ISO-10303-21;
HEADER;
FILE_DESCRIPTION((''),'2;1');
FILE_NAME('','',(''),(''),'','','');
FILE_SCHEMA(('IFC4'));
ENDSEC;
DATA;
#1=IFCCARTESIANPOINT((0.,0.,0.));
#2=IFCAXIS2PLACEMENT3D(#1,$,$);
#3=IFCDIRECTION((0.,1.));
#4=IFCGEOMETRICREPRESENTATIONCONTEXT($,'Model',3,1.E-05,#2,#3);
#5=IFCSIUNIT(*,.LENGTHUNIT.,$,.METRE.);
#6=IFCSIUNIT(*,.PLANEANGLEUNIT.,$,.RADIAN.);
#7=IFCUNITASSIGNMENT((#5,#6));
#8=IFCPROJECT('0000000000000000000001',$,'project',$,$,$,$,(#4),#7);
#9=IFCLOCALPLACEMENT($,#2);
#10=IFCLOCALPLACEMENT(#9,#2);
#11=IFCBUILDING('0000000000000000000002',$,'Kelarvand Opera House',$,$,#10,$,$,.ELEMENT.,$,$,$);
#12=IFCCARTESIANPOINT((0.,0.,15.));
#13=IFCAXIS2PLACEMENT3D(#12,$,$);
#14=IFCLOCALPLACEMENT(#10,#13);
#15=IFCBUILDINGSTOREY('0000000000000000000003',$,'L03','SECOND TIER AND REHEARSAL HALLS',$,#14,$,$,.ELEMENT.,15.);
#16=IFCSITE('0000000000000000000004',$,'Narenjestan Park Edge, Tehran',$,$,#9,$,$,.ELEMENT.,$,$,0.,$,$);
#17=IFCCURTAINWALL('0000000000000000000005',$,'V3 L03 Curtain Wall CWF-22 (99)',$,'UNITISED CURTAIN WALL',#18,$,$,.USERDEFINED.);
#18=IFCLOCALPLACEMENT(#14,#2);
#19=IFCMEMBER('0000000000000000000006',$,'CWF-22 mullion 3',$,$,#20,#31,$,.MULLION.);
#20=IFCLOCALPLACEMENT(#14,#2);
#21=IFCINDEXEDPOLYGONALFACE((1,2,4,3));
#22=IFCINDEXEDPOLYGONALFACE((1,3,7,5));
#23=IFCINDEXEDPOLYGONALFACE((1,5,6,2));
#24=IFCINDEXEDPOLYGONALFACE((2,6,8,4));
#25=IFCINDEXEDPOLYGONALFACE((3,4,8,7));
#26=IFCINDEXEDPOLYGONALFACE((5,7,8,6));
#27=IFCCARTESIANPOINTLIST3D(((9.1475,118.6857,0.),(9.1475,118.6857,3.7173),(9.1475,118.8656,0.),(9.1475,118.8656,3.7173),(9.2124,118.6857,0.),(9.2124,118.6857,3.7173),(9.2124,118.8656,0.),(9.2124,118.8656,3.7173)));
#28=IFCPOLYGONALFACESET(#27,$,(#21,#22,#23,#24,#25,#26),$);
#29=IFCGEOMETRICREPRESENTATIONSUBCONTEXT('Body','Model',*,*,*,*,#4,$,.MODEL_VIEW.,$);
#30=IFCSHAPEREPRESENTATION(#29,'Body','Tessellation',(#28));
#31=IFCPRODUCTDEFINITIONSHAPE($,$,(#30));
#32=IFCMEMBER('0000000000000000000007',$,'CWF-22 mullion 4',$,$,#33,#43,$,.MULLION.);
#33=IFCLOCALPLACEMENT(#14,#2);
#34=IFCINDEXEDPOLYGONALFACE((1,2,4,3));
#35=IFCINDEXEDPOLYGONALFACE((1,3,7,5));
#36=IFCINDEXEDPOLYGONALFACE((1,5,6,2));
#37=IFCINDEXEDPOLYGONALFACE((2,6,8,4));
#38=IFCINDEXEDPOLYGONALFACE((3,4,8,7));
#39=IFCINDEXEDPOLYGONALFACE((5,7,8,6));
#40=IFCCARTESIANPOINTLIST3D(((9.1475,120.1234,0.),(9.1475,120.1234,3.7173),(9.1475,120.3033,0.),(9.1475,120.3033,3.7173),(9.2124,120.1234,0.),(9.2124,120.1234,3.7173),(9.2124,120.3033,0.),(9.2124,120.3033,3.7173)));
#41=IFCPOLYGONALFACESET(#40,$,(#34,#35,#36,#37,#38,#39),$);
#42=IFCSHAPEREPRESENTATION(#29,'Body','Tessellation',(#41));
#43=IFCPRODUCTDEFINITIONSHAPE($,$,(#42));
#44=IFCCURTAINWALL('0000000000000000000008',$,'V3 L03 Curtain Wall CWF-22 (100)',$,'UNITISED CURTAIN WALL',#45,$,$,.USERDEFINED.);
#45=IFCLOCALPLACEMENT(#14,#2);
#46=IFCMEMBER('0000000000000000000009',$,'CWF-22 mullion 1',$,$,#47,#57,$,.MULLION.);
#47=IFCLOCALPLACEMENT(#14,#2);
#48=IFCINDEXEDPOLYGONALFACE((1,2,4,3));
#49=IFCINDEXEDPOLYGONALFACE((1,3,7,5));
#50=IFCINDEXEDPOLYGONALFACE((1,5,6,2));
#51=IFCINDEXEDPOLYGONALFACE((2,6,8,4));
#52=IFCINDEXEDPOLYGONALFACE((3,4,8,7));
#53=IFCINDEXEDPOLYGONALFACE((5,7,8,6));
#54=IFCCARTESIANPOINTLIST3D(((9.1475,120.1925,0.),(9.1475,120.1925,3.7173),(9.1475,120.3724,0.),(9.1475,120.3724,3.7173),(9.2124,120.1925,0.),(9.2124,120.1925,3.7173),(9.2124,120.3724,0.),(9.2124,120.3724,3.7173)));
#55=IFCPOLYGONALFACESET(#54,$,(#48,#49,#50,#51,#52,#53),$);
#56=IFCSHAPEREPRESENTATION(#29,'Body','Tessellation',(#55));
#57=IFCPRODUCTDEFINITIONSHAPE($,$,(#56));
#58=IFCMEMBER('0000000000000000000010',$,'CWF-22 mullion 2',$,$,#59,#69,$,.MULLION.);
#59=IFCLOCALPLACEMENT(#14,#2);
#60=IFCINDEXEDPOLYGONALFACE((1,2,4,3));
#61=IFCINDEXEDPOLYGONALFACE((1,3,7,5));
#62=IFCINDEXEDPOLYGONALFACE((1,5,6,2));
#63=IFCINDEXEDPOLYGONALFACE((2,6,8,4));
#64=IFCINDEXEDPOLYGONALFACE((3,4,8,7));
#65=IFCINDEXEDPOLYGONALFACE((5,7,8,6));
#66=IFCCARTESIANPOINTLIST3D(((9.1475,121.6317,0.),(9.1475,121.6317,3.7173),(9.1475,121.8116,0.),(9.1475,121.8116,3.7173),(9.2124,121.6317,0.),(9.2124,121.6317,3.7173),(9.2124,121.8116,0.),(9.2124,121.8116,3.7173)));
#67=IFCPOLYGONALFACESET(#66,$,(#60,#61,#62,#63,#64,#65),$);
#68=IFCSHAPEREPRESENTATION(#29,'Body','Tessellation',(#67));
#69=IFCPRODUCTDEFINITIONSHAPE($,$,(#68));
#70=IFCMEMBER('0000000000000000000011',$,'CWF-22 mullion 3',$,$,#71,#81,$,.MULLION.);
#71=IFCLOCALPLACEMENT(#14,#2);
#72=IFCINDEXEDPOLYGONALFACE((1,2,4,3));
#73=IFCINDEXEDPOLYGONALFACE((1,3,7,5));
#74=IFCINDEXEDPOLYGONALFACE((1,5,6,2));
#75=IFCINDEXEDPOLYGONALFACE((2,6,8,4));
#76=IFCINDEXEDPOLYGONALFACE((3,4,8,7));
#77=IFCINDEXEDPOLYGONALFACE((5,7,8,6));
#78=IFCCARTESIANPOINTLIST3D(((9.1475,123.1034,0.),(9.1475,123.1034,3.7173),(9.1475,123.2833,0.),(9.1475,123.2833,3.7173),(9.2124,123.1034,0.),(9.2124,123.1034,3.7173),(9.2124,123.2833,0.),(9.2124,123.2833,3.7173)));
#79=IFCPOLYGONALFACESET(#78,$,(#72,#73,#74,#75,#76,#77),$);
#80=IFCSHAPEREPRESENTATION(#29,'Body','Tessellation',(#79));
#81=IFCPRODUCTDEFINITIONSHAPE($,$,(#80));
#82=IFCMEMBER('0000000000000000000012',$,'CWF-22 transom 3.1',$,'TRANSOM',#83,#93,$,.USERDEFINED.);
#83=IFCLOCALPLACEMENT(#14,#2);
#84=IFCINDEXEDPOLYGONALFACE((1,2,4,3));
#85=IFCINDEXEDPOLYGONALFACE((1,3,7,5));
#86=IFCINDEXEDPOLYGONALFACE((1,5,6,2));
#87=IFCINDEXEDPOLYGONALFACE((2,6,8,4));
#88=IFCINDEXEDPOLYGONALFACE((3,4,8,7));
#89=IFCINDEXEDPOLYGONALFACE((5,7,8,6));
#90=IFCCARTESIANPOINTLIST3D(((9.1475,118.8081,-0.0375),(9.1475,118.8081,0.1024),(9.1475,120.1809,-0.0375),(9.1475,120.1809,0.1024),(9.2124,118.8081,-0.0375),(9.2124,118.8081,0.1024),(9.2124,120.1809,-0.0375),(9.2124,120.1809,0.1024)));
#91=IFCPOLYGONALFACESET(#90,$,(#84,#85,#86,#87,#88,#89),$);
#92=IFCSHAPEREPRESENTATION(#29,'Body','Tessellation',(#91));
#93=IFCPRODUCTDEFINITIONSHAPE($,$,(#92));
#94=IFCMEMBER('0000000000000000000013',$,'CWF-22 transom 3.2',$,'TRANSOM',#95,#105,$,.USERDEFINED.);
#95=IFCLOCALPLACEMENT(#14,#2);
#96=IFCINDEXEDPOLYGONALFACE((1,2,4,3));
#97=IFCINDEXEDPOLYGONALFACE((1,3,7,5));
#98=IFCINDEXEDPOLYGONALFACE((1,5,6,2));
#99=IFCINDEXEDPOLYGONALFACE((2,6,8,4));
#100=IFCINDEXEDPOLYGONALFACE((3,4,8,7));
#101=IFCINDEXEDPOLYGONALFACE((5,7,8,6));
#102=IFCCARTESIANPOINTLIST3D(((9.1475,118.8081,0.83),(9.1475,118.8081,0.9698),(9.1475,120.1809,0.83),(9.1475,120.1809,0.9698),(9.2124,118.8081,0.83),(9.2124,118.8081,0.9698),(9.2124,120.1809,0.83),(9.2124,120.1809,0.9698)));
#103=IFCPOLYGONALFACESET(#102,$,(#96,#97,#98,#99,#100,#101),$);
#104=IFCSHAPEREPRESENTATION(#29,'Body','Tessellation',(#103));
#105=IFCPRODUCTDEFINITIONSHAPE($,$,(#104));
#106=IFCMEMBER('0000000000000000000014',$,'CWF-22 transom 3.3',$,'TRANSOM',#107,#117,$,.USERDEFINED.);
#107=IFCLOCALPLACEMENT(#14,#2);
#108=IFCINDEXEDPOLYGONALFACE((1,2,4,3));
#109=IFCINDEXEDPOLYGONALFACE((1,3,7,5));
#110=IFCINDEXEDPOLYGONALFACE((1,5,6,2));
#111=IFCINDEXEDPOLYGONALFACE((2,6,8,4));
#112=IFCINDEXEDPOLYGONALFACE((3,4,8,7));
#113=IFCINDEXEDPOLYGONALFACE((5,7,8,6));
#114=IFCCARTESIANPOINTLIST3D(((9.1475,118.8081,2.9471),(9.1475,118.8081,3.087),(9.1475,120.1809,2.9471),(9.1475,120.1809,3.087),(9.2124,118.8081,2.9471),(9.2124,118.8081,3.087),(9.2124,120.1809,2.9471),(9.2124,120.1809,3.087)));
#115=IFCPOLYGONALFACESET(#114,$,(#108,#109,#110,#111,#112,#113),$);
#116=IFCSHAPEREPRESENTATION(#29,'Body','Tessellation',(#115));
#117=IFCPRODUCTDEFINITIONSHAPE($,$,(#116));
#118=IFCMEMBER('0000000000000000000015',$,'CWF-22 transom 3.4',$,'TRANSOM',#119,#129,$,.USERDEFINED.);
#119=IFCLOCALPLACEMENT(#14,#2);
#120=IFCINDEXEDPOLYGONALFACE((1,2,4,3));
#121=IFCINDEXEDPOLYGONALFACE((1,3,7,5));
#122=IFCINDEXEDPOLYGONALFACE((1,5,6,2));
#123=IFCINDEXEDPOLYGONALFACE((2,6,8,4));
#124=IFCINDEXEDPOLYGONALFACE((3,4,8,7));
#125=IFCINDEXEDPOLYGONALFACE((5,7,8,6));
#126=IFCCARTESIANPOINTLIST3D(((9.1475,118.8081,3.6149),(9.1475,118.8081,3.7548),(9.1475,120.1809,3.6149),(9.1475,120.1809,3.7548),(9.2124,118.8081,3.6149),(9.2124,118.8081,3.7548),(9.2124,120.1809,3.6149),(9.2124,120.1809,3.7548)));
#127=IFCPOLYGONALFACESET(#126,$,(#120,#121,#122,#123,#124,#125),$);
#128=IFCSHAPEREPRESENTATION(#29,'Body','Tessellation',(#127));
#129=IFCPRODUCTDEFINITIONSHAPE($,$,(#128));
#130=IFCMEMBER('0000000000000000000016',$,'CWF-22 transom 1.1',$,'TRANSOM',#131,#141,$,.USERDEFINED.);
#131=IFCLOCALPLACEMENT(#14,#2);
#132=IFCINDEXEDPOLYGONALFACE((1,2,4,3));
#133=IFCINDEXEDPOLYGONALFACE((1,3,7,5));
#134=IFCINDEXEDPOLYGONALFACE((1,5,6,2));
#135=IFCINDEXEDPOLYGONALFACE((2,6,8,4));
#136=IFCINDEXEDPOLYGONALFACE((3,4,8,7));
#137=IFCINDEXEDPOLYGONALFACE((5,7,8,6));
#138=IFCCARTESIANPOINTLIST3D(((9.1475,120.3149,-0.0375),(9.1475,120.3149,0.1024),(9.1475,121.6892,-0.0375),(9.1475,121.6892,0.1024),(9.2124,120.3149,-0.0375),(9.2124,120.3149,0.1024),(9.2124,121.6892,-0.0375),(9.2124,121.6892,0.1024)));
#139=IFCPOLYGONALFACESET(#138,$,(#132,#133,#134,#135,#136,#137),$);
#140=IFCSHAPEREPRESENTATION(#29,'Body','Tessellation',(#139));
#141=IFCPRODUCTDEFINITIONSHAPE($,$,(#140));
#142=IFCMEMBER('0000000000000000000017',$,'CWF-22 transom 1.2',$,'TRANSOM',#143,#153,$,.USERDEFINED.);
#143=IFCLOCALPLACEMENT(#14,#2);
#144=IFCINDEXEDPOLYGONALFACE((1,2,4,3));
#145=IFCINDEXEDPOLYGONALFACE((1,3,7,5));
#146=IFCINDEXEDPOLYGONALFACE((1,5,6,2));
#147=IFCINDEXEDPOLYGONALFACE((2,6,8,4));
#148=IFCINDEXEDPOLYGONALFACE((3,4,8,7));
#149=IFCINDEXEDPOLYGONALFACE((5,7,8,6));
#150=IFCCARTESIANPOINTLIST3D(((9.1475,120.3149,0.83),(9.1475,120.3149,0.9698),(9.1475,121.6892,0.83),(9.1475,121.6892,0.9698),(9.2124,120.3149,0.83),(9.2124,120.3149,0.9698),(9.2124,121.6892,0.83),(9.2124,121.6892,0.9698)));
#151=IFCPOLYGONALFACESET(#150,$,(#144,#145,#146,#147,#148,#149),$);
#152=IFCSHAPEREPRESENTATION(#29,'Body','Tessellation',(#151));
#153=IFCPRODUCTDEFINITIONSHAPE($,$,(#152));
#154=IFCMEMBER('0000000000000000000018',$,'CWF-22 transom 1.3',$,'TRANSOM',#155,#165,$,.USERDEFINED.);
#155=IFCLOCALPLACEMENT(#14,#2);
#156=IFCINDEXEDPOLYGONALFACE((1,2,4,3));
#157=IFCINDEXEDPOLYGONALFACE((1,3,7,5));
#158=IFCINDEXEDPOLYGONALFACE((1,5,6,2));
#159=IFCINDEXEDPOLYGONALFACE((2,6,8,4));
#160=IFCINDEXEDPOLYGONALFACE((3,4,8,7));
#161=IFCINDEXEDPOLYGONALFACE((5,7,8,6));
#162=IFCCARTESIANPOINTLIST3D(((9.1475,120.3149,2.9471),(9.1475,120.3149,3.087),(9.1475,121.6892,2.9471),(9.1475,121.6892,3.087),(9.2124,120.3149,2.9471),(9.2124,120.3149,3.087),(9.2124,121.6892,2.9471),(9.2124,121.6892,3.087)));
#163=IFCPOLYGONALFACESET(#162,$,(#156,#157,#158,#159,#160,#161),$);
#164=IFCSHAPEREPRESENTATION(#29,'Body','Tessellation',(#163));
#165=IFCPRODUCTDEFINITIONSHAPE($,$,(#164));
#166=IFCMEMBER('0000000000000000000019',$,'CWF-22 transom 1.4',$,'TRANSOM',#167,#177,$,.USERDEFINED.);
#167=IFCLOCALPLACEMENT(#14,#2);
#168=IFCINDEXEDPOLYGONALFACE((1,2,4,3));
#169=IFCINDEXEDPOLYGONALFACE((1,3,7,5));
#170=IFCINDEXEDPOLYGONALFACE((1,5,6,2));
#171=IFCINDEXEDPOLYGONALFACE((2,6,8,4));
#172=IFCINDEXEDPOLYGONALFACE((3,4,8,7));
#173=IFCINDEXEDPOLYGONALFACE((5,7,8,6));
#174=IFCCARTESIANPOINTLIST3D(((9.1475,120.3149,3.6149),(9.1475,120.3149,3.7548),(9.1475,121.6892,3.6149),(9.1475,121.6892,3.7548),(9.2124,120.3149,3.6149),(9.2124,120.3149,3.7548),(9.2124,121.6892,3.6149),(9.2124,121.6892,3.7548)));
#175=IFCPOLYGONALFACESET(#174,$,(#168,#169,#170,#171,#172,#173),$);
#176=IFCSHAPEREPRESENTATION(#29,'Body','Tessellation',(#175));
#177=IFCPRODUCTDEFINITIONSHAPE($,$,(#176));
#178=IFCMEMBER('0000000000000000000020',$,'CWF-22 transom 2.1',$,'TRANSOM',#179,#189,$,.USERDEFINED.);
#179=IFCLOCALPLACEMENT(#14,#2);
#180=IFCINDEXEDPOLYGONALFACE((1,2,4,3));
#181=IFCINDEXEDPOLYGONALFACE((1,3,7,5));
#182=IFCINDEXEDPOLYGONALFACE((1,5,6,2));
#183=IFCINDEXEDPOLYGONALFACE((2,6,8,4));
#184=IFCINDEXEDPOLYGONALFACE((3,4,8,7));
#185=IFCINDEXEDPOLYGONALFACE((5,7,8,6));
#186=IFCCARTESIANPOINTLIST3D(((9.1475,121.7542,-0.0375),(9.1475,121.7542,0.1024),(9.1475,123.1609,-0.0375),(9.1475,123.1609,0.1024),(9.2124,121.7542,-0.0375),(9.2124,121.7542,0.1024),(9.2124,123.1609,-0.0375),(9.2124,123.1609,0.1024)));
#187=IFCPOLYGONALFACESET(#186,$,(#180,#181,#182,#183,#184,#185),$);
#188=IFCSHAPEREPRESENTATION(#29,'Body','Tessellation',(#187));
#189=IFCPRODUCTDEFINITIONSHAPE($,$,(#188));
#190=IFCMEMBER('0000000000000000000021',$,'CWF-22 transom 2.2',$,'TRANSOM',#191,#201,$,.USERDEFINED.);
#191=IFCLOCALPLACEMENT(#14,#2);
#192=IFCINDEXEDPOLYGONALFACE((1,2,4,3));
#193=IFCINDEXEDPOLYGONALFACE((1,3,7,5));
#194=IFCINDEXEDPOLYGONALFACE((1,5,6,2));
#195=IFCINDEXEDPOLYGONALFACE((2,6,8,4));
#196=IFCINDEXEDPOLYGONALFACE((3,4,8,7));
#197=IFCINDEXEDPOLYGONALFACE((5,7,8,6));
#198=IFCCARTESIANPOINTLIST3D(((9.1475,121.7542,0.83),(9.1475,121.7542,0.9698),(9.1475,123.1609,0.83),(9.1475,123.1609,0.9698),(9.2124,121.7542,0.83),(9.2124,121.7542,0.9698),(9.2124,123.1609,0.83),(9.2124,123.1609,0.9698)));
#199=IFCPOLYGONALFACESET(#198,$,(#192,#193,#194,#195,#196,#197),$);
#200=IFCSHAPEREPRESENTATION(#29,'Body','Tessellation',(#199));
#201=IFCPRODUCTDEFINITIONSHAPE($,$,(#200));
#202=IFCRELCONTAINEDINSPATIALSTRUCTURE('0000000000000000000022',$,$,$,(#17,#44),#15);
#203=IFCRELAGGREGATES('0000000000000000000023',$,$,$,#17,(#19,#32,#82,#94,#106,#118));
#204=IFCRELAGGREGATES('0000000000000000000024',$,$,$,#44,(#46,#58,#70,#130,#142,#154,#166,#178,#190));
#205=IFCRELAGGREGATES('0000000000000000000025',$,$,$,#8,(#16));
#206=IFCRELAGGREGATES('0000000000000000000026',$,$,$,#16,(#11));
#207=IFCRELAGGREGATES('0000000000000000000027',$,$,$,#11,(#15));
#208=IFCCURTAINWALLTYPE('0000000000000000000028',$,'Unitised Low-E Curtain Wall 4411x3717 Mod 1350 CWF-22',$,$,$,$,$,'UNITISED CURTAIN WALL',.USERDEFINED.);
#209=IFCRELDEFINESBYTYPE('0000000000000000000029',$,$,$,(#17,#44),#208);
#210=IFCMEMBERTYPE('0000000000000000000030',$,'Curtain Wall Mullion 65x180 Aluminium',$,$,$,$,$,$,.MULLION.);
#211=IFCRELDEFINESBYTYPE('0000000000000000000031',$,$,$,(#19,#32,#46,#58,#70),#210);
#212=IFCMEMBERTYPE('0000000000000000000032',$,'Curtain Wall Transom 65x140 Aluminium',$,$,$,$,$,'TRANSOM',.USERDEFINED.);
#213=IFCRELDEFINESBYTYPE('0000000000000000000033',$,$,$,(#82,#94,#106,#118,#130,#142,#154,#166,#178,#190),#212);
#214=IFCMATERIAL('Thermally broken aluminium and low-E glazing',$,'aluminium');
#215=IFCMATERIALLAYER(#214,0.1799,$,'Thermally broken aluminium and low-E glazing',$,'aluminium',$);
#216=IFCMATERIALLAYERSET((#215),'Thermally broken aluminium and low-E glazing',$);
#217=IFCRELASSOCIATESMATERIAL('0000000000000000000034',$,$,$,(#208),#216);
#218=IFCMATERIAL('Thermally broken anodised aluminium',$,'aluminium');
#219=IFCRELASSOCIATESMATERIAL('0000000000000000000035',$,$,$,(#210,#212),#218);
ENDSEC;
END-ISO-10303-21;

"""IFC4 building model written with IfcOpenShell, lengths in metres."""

from ifc_helpers import new_model, si_unit, direction, frame, origin, origin_2d, place, context, subcontext, project, spatial, rectangle, extrude, material, layer, layer_set, material_profile, profile_set, type_object, element, aggregate, save


model = new_model("IFC4")

# Units and contexts
model_context = context("Model", 3, precision=1e-05, world=origin(), true_north=direction((0.0, 1.0)))
body_context = subcontext(model_context, "Body", "Model", "MODEL_VIEW")
ifc_project = project(units=[si_unit("LENGTHUNIT", "METRE"), si_unit("PLANEANGLEUNIT", "RADIAN")], contexts=[model_context])

# Site, building, storey
site_placement = place(None, origin())
site = spatial("IfcSite", under=ifc_project, at=site_placement, Name="Narenjestan Park Edge, Tehran", CompositionType="ELEMENT", RefElevation=0.0)
building_placement = place(site_placement, origin())
building = spatial("IfcBuilding", under=site, at=building_placement, Name="Kelarvand Opera House", CompositionType="ELEMENT")
storey_placement = place(building_placement, frame((0.0, 0.0, 15.0)))
storey = spatial("IfcBuildingStorey", under=building, at=storey_placement, Name="L03", Description="SECOND TIER AND REHEARSAL HALLS", CompositionType="ELEMENT", Elevation=15.0)

# Curtain walls, members
ifc_material_1 = material(Name="Thermally broken aluminium and low-E glazing", Category="aluminium")
ifc_layer_1 = layer(ifc_material_1, 0.1799, Name="Thermally broken aluminium and low-E glazing", Category="aluminium")
ifc_layer_set_1 = layer_set([ifc_layer_1], Name="Thermally broken aluminium and low-E glazing")
curtain_wall_type = type_object("IfcCurtainWallType", Name="Unitised Low-E Curtain Wall 4411x3717 Mod 1350 CWF-22", ElementType="UNITISED CURTAIN WALL", PredefinedType="USERDEFINED", material=ifc_layer_set_1)
curtain_wall_1_placement = place(storey_placement, origin())
curtain_wall_1 = element("IfcCurtainWall", 1, at=curtain_wall_1_placement, inside=storey, type_object=curtain_wall_type, Name="V3 L03 Curtain Wall CWF-22 (99)", ObjectType="UNITISED CURTAIN WALL", PredefinedType="USERDEFINED")
ifc_material_2 = material(Name="Thermally broken anodised aluminium", Category="aluminium")
ifc_material_profile_1 = material_profile(ifc_material_2, rectangle(XDim=0.0649, YDim=0.1799, at=origin_2d()), Name="ALU MULLION 65x180", Category="aluminium")
ifc_profile_set_1 = profile_set([ifc_material_profile_1], Name="Thermally broken anodised aluminium")
member_type_1 = type_object("IfcMemberType", Name="Curtain Wall Mullion 65x180 Aluminium", PredefinedType="MULLION", material=ifc_profile_set_1)
member_1_placement = place(storey_placement, frame((9.1799, 118.7756, 0.0), z_axis=(0.0, 0.0, 1.0), x_axis=(-1.0, 0.0, 0.0)))
member_1 = element("IfcMember", 2, at=member_1_placement, type_object=member_type_1, Name="CWF-22 mullion 3", PredefinedType="MULLION", context=body_context, shape_type="SweptSolid", body=[
    extrude(rectangle(XDim=0.0649, YDim=0.1799, at=origin_2d()), origin(), (0.0, 0.0, 1.0), 3.7173),
])
member_2_placement = place(storey_placement, frame((9.1799, 120.2134, 0.0), z_axis=(0.0, 0.0, 1.0), x_axis=(-1.0, 0.0, 0.0)))
member_2 = element("IfcMember", 3, at=member_2_placement, type_object=member_type_1, Name="CWF-22 mullion 4", PredefinedType="MULLION", context=body_context, shape_type="SweptSolid", body=[
    extrude(rectangle(XDim=0.0649, YDim=0.1799, at=origin_2d()), origin(), (0.0, 0.0, 1.0), 3.7173),
])
curtain_wall_2_placement = place(storey_placement, origin())
curtain_wall_2 = element("IfcCurtainWall", 4, at=curtain_wall_2_placement, inside=storey, type_object=curtain_wall_type, Name="V3 L03 Curtain Wall CWF-22 (100)", ObjectType="UNITISED CURTAIN WALL", PredefinedType="USERDEFINED")
member_3_placement = place(storey_placement, frame((9.1799, 120.2825, 0.0), z_axis=(0.0, 0.0, 1.0), x_axis=(-1.0, 0.0, 0.0)))
member_3 = element("IfcMember", 5, at=member_3_placement, type_object=member_type_1, Name="CWF-22 mullion 1", PredefinedType="MULLION", context=body_context, shape_type="SweptSolid", body=[
    extrude(rectangle(XDim=0.0649, YDim=0.1799, at=origin_2d()), origin(), (0.0, 0.0, 1.0), 3.7173),
])
member_4_placement = place(storey_placement, frame((9.1799, 121.7217, 0.0), z_axis=(0.0, 0.0, 1.0), x_axis=(-1.0, 0.0, 0.0)))
member_4 = element("IfcMember", 6, at=member_4_placement, type_object=member_type_1, Name="CWF-22 mullion 2", PredefinedType="MULLION", context=body_context, shape_type="SweptSolid", body=[
    extrude(rectangle(XDim=0.0649, YDim=0.1799, at=origin_2d()), origin(), (0.0, 0.0, 1.0), 3.7173),
])
member_5_placement = place(storey_placement, frame((9.1799, 123.1934, 0.0), z_axis=(0.0, 0.0, 1.0), x_axis=(-1.0, 0.0, 0.0)))
member_5 = element("IfcMember", 7, at=member_5_placement, type_object=member_type_1, Name="CWF-22 mullion 3", PredefinedType="MULLION", context=body_context, shape_type="SweptSolid", body=[
    extrude(rectangle(XDim=0.0649, YDim=0.1799, at=origin_2d()), origin(), (0.0, 0.0, 1.0), 3.7173),
])

# Members
ifc_material_profile_2 = material_profile(ifc_material_2, rectangle(XDim=0.0649, YDim=0.1399, at=origin_2d()), Name="ALU TRANSOM 65x140", Category="aluminium")
ifc_profile_set_2 = profile_set([ifc_material_profile_2], Name="Thermally broken anodised aluminium")
member_type_2 = type_object("IfcMemberType", Name="Curtain Wall Transom 65x140 Aluminium", ElementType="TRANSOM", PredefinedType="USERDEFINED", material=ifc_profile_set_2)
member_6_placement = place(storey_placement, frame((9.1799, 118.8081, 0.0325), z_axis=(0.0, 1.0, 0.0), x_axis=(-1.0, 0.0, 0.0)))
member_6 = element("IfcMember", 8, at=member_6_placement, type_object=member_type_2, Name="CWF-22 transom 3.1", ObjectType="TRANSOM", PredefinedType="USERDEFINED", context=body_context, shape_type="SweptSolid", body=[
    extrude(rectangle(XDim=0.0649, YDim=0.1399, at=origin_2d()), origin(), (0.0, 0.0, 1.0), 1.3728),
])
member_7_placement = place(storey_placement, frame((9.1799, 118.8081, 0.8999), z_axis=(0.0, 1.0, 0.0), x_axis=(-1.0, 0.0, 0.0)))
member_7 = element("IfcMember", 9, at=member_7_placement, type_object=member_type_2, Name="CWF-22 transom 3.2", ObjectType="TRANSOM", PredefinedType="USERDEFINED", context=body_context, shape_type="SweptSolid", body=[
    extrude(rectangle(XDim=0.0649, YDim=0.1399, at=origin_2d()), origin(), (0.0, 0.0, 1.0), 1.3728),
])
member_8_placement = place(storey_placement, frame((9.1799, 118.8081, 3.0171), z_axis=(0.0, 1.0, 0.0), x_axis=(-1.0, 0.0, 0.0)))
member_8 = element("IfcMember", 10, at=member_8_placement, type_object=member_type_2, Name="CWF-22 transom 3.3", ObjectType="TRANSOM", PredefinedType="USERDEFINED", context=body_context, shape_type="SweptSolid", body=[
    extrude(rectangle(XDim=0.0649, YDim=0.1399, at=origin_2d()), origin(), (0.0, 0.0, 1.0), 1.3728),
])
member_9_placement = place(storey_placement, frame((9.1799, 118.8081, 3.6848), z_axis=(0.0, 1.0, 0.0), x_axis=(-1.0, 0.0, 0.0)))
member_9 = element("IfcMember", 11, at=member_9_placement, type_object=member_type_2, Name="CWF-22 transom 3.4", ObjectType="TRANSOM", PredefinedType="USERDEFINED", context=body_context, shape_type="SweptSolid", body=[
    extrude(rectangle(XDim=0.0649, YDim=0.1399, at=origin_2d()), origin(), (0.0, 0.0, 1.0), 1.3728),
])
member_10_placement = place(storey_placement, frame((9.1799, 120.3149, 0.0325), z_axis=(0.0, 1.0, 0.0), x_axis=(-1.0, 0.0, 0.0)))
member_10 = element("IfcMember", 12, at=member_10_placement, type_object=member_type_2, Name="CWF-22 transom 1.1", ObjectType="TRANSOM", PredefinedType="USERDEFINED", context=body_context, shape_type="SweptSolid", body=[
    extrude(rectangle(XDim=0.0649, YDim=0.1399, at=origin_2d()), origin(), (0.0, 0.0, 1.0), 1.3743),
])
member_11_placement = place(storey_placement, frame((9.1799, 120.3149, 0.8999), z_axis=(0.0, 1.0, 0.0), x_axis=(-1.0, 0.0, 0.0)))
member_11 = element("IfcMember", 13, at=member_11_placement, type_object=member_type_2, Name="CWF-22 transom 1.2", ObjectType="TRANSOM", PredefinedType="USERDEFINED", context=body_context, shape_type="SweptSolid", body=[
    extrude(rectangle(XDim=0.0649, YDim=0.1399, at=origin_2d()), origin(), (0.0, 0.0, 1.0), 1.3743),
])
member_12_placement = place(storey_placement, frame((9.1799, 120.3149, 3.0171), z_axis=(0.0, 1.0, 0.0), x_axis=(-1.0, 0.0, 0.0)))
member_12 = element("IfcMember", 14, at=member_12_placement, type_object=member_type_2, Name="CWF-22 transom 1.3", ObjectType="TRANSOM", PredefinedType="USERDEFINED", context=body_context, shape_type="SweptSolid", body=[
    extrude(rectangle(XDim=0.0649, YDim=0.1399, at=origin_2d()), origin(), (0.0, 0.0, 1.0), 1.3743),
])
member_13_placement = place(storey_placement, frame((9.1799, 120.3149, 3.6848), z_axis=(0.0, 1.0, 0.0), x_axis=(-1.0, 0.0, 0.0)))
member_13 = element("IfcMember", 15, at=member_13_placement, type_object=member_type_2, Name="CWF-22 transom 1.4", ObjectType="TRANSOM", PredefinedType="USERDEFINED", context=body_context, shape_type="SweptSolid", body=[
    extrude(rectangle(XDim=0.0649, YDim=0.1399, at=origin_2d()), origin(), (0.0, 0.0, 1.0), 1.3743),
])
member_14_placement = place(storey_placement, frame((9.1799, 121.7542, 0.0325), z_axis=(0.0, 1.0, 0.0), x_axis=(-1.0, 0.0, 0.0)))
member_14 = element("IfcMember", 16, at=member_14_placement, type_object=member_type_2, Name="CWF-22 transom 2.1", ObjectType="TRANSOM", PredefinedType="USERDEFINED", context=body_context, shape_type="SweptSolid", body=[
    extrude(rectangle(XDim=0.0649, YDim=0.1399, at=origin_2d()), origin(), (0.0, 0.0, 1.0), 1.4067),
])
member_15_placement = place(storey_placement, frame((9.1799, 121.7542, 0.8999), z_axis=(0.0, 1.0, 0.0), x_axis=(-1.0, 0.0, 0.0)))
member_15 = element("IfcMember", 17, at=member_15_placement, type_object=member_type_2, Name="CWF-22 transom 2.2", ObjectType="TRANSOM", PredefinedType="USERDEFINED", context=body_context, shape_type="SweptSolid", body=[
    extrude(rectangle(XDim=0.0649, YDim=0.1399, at=origin_2d()), origin(), (0.0, 0.0, 1.0), 1.4067),
])

aggregate(curtain_wall_1, [member_1, member_2, member_6, member_7, member_8, member_9])
aggregate(curtain_wall_2, [member_3, member_4, member_5, member_10, member_11, member_12, member_13, member_14, member_15])

save(model, "model.ifc")
